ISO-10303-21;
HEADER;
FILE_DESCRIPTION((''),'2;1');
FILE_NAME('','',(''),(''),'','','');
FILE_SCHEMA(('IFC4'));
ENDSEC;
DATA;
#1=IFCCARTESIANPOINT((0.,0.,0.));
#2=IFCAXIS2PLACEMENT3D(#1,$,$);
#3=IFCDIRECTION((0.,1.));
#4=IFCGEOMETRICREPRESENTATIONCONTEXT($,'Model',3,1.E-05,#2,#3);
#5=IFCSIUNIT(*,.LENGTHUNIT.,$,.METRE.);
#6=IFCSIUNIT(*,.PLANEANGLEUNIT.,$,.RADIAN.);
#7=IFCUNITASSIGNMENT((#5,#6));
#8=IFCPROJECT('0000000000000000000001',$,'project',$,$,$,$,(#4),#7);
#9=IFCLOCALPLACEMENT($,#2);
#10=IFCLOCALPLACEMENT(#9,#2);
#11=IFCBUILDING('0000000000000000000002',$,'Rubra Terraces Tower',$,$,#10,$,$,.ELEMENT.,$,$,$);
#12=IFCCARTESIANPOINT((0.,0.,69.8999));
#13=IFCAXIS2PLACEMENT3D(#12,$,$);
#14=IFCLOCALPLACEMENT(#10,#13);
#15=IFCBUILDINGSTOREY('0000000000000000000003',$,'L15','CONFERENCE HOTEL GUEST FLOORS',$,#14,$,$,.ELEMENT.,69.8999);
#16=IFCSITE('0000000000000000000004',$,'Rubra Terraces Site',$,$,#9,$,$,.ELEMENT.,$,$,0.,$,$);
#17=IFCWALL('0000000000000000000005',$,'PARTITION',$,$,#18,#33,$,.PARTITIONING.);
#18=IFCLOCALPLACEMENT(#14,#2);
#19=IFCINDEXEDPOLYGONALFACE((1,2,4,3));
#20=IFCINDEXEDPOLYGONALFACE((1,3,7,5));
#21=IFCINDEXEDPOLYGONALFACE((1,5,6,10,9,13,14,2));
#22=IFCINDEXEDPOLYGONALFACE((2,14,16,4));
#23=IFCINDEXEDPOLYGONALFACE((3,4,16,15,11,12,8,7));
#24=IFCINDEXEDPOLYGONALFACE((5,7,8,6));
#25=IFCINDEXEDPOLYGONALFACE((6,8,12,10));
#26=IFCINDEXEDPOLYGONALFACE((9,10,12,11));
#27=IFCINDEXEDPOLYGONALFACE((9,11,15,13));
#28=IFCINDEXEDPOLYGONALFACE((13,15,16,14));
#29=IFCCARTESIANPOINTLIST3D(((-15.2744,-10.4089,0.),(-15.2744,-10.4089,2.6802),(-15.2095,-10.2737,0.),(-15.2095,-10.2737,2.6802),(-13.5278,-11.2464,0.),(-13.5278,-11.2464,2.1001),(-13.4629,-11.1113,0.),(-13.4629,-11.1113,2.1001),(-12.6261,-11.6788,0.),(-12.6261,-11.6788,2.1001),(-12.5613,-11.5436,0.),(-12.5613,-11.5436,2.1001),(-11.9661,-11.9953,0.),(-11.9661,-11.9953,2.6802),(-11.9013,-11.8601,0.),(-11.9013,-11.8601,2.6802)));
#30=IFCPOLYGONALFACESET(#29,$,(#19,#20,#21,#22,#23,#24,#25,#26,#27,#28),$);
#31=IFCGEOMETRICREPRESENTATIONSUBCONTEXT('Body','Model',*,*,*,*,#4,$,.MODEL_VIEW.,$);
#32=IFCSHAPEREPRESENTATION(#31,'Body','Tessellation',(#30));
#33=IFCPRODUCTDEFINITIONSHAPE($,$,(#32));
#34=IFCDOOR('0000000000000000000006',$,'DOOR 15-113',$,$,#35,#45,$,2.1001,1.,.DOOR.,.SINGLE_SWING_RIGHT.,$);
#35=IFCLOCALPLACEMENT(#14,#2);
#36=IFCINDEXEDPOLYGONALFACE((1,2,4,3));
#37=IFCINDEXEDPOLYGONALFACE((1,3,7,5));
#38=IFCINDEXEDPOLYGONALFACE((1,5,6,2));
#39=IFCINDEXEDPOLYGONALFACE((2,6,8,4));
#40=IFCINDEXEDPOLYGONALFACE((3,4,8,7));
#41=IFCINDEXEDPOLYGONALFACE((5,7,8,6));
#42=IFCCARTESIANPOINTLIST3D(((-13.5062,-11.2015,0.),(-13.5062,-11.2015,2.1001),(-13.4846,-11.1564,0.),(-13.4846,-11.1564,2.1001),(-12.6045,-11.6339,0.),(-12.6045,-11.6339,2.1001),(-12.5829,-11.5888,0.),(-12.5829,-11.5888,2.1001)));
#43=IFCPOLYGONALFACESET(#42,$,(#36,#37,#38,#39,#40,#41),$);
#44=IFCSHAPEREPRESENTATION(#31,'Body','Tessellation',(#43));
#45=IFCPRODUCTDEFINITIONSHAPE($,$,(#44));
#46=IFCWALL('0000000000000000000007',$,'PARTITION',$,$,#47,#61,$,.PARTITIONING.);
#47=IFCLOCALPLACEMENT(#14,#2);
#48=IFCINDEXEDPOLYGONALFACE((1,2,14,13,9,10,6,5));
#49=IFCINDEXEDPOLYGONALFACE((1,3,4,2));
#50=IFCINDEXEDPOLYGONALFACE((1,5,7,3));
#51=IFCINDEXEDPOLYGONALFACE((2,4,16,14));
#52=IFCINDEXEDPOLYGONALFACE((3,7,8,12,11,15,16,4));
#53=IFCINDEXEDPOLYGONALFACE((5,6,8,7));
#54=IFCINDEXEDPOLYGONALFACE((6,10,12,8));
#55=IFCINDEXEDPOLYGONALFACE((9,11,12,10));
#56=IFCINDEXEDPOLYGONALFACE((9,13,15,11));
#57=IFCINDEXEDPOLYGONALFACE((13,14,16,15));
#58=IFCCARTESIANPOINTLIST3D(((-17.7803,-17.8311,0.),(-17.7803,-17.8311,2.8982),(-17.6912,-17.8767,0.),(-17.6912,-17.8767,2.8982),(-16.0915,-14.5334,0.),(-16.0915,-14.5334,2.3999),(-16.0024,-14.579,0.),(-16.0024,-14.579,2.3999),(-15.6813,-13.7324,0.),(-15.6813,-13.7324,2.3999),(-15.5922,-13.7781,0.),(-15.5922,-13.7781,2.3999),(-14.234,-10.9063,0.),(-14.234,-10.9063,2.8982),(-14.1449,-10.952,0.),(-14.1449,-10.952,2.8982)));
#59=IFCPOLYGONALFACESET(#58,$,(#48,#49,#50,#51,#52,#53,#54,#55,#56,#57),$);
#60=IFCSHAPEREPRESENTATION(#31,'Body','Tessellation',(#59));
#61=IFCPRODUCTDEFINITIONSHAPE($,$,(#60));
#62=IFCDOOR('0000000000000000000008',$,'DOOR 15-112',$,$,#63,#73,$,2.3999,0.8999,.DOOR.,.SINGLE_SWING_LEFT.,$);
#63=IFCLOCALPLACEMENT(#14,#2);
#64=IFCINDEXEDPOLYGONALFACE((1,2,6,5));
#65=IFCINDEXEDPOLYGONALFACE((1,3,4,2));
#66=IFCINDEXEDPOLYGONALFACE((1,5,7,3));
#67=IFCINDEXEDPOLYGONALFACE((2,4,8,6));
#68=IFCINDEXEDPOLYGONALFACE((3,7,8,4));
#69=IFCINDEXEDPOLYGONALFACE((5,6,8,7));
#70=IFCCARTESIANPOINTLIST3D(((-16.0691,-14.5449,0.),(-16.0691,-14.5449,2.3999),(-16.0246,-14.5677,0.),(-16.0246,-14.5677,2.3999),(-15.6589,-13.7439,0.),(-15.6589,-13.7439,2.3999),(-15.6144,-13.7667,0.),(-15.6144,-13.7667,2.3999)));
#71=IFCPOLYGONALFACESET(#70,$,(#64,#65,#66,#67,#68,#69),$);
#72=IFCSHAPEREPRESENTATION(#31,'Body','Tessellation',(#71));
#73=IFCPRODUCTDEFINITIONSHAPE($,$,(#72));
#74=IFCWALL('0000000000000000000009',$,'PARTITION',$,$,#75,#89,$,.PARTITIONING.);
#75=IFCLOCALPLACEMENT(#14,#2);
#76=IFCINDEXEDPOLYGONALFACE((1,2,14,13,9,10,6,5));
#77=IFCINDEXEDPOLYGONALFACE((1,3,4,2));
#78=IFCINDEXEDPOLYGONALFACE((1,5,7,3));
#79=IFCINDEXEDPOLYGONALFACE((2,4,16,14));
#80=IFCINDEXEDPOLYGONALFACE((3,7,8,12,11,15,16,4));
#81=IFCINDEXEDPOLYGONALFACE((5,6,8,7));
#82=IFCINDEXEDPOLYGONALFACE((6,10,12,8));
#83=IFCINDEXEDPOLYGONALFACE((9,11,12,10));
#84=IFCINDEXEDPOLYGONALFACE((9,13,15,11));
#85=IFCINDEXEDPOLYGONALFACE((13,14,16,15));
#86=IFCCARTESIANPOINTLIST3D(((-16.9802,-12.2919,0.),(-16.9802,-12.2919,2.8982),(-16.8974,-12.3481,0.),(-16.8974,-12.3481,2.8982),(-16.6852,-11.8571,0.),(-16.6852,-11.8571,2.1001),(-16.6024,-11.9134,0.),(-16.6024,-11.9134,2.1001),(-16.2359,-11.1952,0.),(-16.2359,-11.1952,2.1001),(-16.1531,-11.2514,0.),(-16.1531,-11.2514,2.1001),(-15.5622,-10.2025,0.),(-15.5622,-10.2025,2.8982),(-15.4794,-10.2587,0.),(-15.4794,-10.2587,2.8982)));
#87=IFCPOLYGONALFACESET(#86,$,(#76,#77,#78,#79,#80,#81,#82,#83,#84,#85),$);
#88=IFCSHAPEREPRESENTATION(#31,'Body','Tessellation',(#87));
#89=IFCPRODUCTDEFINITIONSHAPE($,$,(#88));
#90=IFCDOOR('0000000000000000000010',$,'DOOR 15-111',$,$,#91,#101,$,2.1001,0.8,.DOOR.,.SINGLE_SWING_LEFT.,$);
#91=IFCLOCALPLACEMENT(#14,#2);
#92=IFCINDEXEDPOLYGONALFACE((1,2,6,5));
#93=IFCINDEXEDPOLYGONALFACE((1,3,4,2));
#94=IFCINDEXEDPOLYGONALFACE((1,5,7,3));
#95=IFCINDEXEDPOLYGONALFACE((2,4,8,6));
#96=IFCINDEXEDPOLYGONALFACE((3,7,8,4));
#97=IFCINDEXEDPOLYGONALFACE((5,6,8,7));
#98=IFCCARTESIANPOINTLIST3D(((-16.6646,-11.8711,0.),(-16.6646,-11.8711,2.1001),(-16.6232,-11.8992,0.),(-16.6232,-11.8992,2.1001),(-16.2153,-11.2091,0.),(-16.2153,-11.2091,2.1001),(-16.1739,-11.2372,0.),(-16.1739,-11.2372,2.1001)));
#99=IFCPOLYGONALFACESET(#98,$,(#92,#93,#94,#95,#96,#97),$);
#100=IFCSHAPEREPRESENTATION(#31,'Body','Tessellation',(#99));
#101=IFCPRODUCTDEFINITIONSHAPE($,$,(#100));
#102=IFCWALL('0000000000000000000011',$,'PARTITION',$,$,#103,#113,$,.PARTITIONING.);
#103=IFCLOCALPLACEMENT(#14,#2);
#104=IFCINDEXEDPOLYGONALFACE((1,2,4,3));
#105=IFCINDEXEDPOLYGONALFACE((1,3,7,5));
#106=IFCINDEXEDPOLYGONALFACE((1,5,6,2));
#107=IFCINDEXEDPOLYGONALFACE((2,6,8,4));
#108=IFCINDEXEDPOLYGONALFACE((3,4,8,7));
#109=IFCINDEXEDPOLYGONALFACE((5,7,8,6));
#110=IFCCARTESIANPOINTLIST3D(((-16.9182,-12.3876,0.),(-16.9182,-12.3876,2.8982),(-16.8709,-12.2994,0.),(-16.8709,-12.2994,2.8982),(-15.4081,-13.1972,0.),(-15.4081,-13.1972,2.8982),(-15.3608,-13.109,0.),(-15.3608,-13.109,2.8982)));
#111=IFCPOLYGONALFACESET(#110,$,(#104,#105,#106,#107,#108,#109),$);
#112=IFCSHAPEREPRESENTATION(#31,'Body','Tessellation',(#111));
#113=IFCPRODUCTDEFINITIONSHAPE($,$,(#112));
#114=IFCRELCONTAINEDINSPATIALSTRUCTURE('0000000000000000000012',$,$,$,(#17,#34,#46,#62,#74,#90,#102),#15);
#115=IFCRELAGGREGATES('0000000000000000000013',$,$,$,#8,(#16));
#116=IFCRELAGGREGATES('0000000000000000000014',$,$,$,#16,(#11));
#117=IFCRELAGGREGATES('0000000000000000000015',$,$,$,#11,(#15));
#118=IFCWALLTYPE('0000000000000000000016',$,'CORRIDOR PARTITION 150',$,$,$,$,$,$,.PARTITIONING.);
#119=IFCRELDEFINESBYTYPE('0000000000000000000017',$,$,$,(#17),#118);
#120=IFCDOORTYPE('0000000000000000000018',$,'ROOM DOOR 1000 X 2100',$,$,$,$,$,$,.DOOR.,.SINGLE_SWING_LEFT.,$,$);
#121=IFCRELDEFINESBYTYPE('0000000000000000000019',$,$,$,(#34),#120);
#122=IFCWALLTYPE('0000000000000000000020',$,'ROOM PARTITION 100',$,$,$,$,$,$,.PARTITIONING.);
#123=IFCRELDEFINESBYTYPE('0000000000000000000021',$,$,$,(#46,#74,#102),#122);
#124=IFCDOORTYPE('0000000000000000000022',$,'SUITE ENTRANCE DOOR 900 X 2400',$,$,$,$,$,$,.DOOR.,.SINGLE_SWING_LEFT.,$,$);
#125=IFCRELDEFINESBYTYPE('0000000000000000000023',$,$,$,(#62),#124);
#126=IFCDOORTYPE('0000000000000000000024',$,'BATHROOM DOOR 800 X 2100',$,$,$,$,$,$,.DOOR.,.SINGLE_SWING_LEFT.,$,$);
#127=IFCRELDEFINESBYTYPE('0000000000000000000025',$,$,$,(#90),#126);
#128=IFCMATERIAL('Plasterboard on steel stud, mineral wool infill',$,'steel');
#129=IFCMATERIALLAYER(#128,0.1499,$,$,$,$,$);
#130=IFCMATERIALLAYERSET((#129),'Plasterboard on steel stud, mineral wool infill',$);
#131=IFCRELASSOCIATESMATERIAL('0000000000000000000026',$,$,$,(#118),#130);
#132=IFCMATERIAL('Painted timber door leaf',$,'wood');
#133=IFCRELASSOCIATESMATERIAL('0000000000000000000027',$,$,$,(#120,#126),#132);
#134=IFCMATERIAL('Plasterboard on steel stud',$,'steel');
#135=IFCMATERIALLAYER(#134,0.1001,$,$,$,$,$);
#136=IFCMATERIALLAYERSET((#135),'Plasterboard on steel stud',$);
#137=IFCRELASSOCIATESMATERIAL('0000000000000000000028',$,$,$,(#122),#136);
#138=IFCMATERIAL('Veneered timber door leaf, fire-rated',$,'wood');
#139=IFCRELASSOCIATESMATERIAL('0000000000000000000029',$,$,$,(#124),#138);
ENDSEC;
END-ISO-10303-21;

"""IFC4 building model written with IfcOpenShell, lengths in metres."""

from ifc_helpers import new_model, si_unit, direction, frame, frame_2d, origin, place, context, subcontext, project, spatial, rectangle, extrude, material, layer, layer_set, type_object, element, fill, save


model = new_model("IFC4")

# Units and contexts
model_context = context("Model", 3, precision=1e-05, world=origin(), true_north=direction((0.0, 1.0)))
body_context = subcontext(model_context, "Body", "Model", "MODEL_VIEW")
ifc_project = project(units=[si_unit("LENGTHUNIT", "METRE"), si_unit("PLANEANGLEUNIT", "RADIAN")], contexts=[model_context])

# Site, building, storey
site_placement = place(None, origin())
site = spatial("IfcSite", under=ifc_project, at=site_placement, Name="Rubra Terraces Site", CompositionType="ELEMENT", RefElevation=0.0)
building_placement = place(site_placement, origin())
building = spatial("IfcBuilding", under=site, at=building_placement, Name="Rubra Terraces Tower", CompositionType="ELEMENT")
storey_placement = place(building_placement, frame((0.0, 0.0, 69.8999)))
storey = spatial("IfcBuildingStorey", under=building, at=storey_placement, Name="L15", Description="CONFERENCE HOTEL GUEST FLOORS", CompositionType="ELEMENT", Elevation=69.8999)

# Walls, openings, doors
ifc_material_1 = material(Name="Plasterboard on steel stud, mineral wool infill", Category="steel")
ifc_layer_1 = layer(ifc_material_1, 0.1499)
ifc_layer_set_1 = layer_set([ifc_layer_1], Name="Plasterboard on steel stud, mineral wool infill")
wall_type_1 = type_object("IfcWallType", Name="CORRIDOR PARTITION 150", PredefinedType="PARTITIONING", material=ifc_layer_set_1)
wall_1_placement = place(storey_placement, frame((-15.2419, -10.3413, 0.0), z_axis=(0.0, 0.0, 1.0), x_axis=(0.901691, -0.432381, 0.0)))
wall_1 = element("IfcWall", 1, at=wall_1_placement, inside=storey, type_object=wall_type_1, Name="PARTITION", PredefinedType="PARTITIONING", context=body_context, shape_type="SweptSolid", body=[
    extrude(rectangle(XDim=3.6689, YDim=0.1499, at=frame_2d((1.8345, 0.0))), origin(), (0.0, 0.0, 1.0), 2.6802),
])
opening_1_placement = place(wall_1_placement, frame((1.937, 0.0, 0.0)))
opening_1 = element("IfcOpeningElement", 2, at=opening_1_placement, cuts=wall_1, PredefinedType="OPENING", context=body_context, shape_type="SweptSolid", body=[
    extrude(rectangle(XDim=1.0, YDim=2.1001, at=frame_2d((0.5, 1.05))), frame((0.0, 0.085, 0.0), z_axis=(0.0, -1.0, 0.0), x_axis=(1.0, 0.0, 0.0)), (0.0, 0.0, 1.0), 0.1699),
])
ifc_material_2 = material(Name="Painted timber door leaf", Category="wood")
door_type_1 = type_object("IfcDoorType", Name="ROOM DOOR 1000 X 2100", OperationType="SINGLE_SWING_LEFT", PredefinedType="DOOR", material=ifc_material_2)
door_1_placement = place(opening_1_placement, origin())
door_1 = element("IfcDoor", 3, at=door_1_placement, inside=storey, type_object=door_type_1, Name="DOOR 15-113", OperationType="SINGLE_SWING_RIGHT", OverallHeight=2.1001, OverallWidth=1.0, PredefinedType="DOOR", context=body_context, shape_type="SweptSolid", body=[
    extrude(rectangle(XDim=1.0, YDim=2.1001, at=frame_2d((0.5, 1.05))), frame((0.0, 0.0249, 0.0), z_axis=(0.0, -1.0, 0.0), x_axis=(1.0, 0.0, 0.0)), (0.0, 0.0, 1.0), 0.05),
])
fill(opening_1, door_1)
ifc_material_3 = material(Name="Plasterboard on steel stud", Category="steel")
ifc_layer_2 = layer(ifc_material_3, 0.1001)
ifc_layer_set_2 = layer_set([ifc_layer_2], Name="Plasterboard on steel stud")
wall_type_2 = type_object("IfcWallType", Name="ROOM PARTITION 100", PredefinedType="PARTITIONING", material=ifc_layer_set_2)
wall_2_placement = place(storey_placement, frame((-17.7358, -17.854, 0.0), z_axis=(0.0, 0.0, 1.0), x_axis=(0.455829, 0.890068, 0.0)))
wall_2 = element("IfcWall", 4, at=wall_2_placement, inside=storey, type_object=wall_type_2, Name="PARTITION", PredefinedType="PARTITIONING", context=body_context, shape_type="SweptSolid", body=[
    extrude(rectangle(XDim=7.78, YDim=0.1001, at=frame_2d((3.8901, 0.0))), origin(), (0.0, 0.0, 1.0), 2.8982),
])
opening_2_placement = place(wall_2_placement, frame((3.7051, 0.0, 0.0)))
opening_2 = element("IfcOpeningElement", 5, at=opening_2_placement, cuts=wall_2, PredefinedType="OPENING", context=body_context, shape_type="SweptSolid", body=[
    extrude(rectangle(XDim=0.8999, YDim=2.3999, at=frame_2d((0.45, 1.2))), frame((0.0, 0.0601, 0.0), z_axis=(0.0, -1.0, 0.0), x_axis=(1.0, 0.0, 0.0)), (0.0, 0.0, 1.0), 0.1201),
])
ifc_material_4 = material(Name="Veneered timber door leaf, fire-rated", Category="wood")
door_type_2 = type_object("IfcDoorType", Name="SUITE ENTRANCE DOOR 900 X 2400", OperationType="SINGLE_SWING_LEFT", PredefinedType="DOOR", material=ifc_material_4)
door_2_placement = place(opening_2_placement, origin())
door_2 = element("IfcDoor", 6, at=door_2_placement, inside=storey, type_object=door_type_2, Name="DOOR 15-112", OperationType="SINGLE_SWING_LEFT", OverallHeight=2.3999, OverallWidth=0.8999, PredefinedType="DOOR", context=body_context, shape_type="SweptSolid", body=[
    extrude(rectangle(XDim=0.8999, YDim=2.3999, at=frame_2d((0.45, 1.2))), frame((0.0, 0.0249, 0.0), z_axis=(0.0, -1.0, 0.0), x_axis=(1.0, 0.0, 0.0)), (0.0, 0.0, 1.0), 0.05),
])
fill(opening_2, door_2)
wall_3_placement = place(storey_placement, frame((-15.5208, -10.2305, 0.0), z_axis=(0.0, 0.0, 1.0), x_axis=(-0.561553, -0.82744, 0.0)))
wall_3 = element("IfcWall", 7, at=wall_3_placement, inside=storey, type_object=wall_type_2, Name="PARTITION", PredefinedType="PARTITIONING", context=body_context, shape_type="SweptSolid", body=[
    extrude(rectangle(XDim=2.5251, YDim=0.1001, at=frame_2d((1.2627, 0.0))), origin(), (0.0, 0.0, 1.0), 2.8982),
])
opening_3_placement = place(wall_3_placement, frame((1.2, 0.0, 0.0)))
opening_3 = element("IfcOpeningElement", 8, at=opening_3_placement, cuts=wall_3, PredefinedType="OPENING", context=body_context, shape_type="SweptSolid", body=[
    extrude(rectangle(XDim=0.8, YDim=2.1001, at=frame_2d((0.3999, 1.05))), frame((0.0, 0.0601, 0.0), z_axis=(0.0, -1.0, 0.0), x_axis=(1.0, 0.0, 0.0)), (0.0, 0.0, 1.0), 0.1201),
])
door_type_3 = type_object("IfcDoorType", Name="BATHROOM DOOR 800 X 2100", OperationType="SINGLE_SWING_LEFT", PredefinedType="DOOR", material=ifc_material_2)
door_3_placement = place(opening_3_placement, origin())
door_3 = element("IfcDoor", 9, at=door_3_placement, inside=storey, type_object=door_type_3, Name="DOOR 15-111", OperationType="SINGLE_SWING_LEFT", OverallHeight=2.1001, OverallWidth=0.8, PredefinedType="DOOR", context=body_context, shape_type="SweptSolid", body=[
    extrude(rectangle(XDim=0.8, YDim=2.1001, at=frame_2d((0.3999, 1.05))), frame((0.0, 0.0249, 0.0), z_axis=(0.0, -1.0, 0.0), x_axis=(1.0, 0.0, 0.0)), (0.0, 0.0, 1.0), 0.05),
])
fill(opening_3, door_3)

# Wall
wall_4_placement = place(storey_placement, frame((-16.8945, -12.3435, 0.0), z_axis=(0.0, 0.0, 1.0), x_axis=(0.881325, -0.47251, 0.0)))
element("IfcWall", 10, at=wall_4_placement, inside=storey, type_object=wall_type_2, Name="PARTITION", PredefinedType="PARTITIONING", context=body_context, shape_type="SweptSolid", body=[
    extrude(rectangle(XDim=1.7134, YDim=0.1001, at=frame_2d((0.8567, 0.0))), origin(), (0.0, 0.0, 1.0), 2.8982),
])

save(model, "model.ifc")
